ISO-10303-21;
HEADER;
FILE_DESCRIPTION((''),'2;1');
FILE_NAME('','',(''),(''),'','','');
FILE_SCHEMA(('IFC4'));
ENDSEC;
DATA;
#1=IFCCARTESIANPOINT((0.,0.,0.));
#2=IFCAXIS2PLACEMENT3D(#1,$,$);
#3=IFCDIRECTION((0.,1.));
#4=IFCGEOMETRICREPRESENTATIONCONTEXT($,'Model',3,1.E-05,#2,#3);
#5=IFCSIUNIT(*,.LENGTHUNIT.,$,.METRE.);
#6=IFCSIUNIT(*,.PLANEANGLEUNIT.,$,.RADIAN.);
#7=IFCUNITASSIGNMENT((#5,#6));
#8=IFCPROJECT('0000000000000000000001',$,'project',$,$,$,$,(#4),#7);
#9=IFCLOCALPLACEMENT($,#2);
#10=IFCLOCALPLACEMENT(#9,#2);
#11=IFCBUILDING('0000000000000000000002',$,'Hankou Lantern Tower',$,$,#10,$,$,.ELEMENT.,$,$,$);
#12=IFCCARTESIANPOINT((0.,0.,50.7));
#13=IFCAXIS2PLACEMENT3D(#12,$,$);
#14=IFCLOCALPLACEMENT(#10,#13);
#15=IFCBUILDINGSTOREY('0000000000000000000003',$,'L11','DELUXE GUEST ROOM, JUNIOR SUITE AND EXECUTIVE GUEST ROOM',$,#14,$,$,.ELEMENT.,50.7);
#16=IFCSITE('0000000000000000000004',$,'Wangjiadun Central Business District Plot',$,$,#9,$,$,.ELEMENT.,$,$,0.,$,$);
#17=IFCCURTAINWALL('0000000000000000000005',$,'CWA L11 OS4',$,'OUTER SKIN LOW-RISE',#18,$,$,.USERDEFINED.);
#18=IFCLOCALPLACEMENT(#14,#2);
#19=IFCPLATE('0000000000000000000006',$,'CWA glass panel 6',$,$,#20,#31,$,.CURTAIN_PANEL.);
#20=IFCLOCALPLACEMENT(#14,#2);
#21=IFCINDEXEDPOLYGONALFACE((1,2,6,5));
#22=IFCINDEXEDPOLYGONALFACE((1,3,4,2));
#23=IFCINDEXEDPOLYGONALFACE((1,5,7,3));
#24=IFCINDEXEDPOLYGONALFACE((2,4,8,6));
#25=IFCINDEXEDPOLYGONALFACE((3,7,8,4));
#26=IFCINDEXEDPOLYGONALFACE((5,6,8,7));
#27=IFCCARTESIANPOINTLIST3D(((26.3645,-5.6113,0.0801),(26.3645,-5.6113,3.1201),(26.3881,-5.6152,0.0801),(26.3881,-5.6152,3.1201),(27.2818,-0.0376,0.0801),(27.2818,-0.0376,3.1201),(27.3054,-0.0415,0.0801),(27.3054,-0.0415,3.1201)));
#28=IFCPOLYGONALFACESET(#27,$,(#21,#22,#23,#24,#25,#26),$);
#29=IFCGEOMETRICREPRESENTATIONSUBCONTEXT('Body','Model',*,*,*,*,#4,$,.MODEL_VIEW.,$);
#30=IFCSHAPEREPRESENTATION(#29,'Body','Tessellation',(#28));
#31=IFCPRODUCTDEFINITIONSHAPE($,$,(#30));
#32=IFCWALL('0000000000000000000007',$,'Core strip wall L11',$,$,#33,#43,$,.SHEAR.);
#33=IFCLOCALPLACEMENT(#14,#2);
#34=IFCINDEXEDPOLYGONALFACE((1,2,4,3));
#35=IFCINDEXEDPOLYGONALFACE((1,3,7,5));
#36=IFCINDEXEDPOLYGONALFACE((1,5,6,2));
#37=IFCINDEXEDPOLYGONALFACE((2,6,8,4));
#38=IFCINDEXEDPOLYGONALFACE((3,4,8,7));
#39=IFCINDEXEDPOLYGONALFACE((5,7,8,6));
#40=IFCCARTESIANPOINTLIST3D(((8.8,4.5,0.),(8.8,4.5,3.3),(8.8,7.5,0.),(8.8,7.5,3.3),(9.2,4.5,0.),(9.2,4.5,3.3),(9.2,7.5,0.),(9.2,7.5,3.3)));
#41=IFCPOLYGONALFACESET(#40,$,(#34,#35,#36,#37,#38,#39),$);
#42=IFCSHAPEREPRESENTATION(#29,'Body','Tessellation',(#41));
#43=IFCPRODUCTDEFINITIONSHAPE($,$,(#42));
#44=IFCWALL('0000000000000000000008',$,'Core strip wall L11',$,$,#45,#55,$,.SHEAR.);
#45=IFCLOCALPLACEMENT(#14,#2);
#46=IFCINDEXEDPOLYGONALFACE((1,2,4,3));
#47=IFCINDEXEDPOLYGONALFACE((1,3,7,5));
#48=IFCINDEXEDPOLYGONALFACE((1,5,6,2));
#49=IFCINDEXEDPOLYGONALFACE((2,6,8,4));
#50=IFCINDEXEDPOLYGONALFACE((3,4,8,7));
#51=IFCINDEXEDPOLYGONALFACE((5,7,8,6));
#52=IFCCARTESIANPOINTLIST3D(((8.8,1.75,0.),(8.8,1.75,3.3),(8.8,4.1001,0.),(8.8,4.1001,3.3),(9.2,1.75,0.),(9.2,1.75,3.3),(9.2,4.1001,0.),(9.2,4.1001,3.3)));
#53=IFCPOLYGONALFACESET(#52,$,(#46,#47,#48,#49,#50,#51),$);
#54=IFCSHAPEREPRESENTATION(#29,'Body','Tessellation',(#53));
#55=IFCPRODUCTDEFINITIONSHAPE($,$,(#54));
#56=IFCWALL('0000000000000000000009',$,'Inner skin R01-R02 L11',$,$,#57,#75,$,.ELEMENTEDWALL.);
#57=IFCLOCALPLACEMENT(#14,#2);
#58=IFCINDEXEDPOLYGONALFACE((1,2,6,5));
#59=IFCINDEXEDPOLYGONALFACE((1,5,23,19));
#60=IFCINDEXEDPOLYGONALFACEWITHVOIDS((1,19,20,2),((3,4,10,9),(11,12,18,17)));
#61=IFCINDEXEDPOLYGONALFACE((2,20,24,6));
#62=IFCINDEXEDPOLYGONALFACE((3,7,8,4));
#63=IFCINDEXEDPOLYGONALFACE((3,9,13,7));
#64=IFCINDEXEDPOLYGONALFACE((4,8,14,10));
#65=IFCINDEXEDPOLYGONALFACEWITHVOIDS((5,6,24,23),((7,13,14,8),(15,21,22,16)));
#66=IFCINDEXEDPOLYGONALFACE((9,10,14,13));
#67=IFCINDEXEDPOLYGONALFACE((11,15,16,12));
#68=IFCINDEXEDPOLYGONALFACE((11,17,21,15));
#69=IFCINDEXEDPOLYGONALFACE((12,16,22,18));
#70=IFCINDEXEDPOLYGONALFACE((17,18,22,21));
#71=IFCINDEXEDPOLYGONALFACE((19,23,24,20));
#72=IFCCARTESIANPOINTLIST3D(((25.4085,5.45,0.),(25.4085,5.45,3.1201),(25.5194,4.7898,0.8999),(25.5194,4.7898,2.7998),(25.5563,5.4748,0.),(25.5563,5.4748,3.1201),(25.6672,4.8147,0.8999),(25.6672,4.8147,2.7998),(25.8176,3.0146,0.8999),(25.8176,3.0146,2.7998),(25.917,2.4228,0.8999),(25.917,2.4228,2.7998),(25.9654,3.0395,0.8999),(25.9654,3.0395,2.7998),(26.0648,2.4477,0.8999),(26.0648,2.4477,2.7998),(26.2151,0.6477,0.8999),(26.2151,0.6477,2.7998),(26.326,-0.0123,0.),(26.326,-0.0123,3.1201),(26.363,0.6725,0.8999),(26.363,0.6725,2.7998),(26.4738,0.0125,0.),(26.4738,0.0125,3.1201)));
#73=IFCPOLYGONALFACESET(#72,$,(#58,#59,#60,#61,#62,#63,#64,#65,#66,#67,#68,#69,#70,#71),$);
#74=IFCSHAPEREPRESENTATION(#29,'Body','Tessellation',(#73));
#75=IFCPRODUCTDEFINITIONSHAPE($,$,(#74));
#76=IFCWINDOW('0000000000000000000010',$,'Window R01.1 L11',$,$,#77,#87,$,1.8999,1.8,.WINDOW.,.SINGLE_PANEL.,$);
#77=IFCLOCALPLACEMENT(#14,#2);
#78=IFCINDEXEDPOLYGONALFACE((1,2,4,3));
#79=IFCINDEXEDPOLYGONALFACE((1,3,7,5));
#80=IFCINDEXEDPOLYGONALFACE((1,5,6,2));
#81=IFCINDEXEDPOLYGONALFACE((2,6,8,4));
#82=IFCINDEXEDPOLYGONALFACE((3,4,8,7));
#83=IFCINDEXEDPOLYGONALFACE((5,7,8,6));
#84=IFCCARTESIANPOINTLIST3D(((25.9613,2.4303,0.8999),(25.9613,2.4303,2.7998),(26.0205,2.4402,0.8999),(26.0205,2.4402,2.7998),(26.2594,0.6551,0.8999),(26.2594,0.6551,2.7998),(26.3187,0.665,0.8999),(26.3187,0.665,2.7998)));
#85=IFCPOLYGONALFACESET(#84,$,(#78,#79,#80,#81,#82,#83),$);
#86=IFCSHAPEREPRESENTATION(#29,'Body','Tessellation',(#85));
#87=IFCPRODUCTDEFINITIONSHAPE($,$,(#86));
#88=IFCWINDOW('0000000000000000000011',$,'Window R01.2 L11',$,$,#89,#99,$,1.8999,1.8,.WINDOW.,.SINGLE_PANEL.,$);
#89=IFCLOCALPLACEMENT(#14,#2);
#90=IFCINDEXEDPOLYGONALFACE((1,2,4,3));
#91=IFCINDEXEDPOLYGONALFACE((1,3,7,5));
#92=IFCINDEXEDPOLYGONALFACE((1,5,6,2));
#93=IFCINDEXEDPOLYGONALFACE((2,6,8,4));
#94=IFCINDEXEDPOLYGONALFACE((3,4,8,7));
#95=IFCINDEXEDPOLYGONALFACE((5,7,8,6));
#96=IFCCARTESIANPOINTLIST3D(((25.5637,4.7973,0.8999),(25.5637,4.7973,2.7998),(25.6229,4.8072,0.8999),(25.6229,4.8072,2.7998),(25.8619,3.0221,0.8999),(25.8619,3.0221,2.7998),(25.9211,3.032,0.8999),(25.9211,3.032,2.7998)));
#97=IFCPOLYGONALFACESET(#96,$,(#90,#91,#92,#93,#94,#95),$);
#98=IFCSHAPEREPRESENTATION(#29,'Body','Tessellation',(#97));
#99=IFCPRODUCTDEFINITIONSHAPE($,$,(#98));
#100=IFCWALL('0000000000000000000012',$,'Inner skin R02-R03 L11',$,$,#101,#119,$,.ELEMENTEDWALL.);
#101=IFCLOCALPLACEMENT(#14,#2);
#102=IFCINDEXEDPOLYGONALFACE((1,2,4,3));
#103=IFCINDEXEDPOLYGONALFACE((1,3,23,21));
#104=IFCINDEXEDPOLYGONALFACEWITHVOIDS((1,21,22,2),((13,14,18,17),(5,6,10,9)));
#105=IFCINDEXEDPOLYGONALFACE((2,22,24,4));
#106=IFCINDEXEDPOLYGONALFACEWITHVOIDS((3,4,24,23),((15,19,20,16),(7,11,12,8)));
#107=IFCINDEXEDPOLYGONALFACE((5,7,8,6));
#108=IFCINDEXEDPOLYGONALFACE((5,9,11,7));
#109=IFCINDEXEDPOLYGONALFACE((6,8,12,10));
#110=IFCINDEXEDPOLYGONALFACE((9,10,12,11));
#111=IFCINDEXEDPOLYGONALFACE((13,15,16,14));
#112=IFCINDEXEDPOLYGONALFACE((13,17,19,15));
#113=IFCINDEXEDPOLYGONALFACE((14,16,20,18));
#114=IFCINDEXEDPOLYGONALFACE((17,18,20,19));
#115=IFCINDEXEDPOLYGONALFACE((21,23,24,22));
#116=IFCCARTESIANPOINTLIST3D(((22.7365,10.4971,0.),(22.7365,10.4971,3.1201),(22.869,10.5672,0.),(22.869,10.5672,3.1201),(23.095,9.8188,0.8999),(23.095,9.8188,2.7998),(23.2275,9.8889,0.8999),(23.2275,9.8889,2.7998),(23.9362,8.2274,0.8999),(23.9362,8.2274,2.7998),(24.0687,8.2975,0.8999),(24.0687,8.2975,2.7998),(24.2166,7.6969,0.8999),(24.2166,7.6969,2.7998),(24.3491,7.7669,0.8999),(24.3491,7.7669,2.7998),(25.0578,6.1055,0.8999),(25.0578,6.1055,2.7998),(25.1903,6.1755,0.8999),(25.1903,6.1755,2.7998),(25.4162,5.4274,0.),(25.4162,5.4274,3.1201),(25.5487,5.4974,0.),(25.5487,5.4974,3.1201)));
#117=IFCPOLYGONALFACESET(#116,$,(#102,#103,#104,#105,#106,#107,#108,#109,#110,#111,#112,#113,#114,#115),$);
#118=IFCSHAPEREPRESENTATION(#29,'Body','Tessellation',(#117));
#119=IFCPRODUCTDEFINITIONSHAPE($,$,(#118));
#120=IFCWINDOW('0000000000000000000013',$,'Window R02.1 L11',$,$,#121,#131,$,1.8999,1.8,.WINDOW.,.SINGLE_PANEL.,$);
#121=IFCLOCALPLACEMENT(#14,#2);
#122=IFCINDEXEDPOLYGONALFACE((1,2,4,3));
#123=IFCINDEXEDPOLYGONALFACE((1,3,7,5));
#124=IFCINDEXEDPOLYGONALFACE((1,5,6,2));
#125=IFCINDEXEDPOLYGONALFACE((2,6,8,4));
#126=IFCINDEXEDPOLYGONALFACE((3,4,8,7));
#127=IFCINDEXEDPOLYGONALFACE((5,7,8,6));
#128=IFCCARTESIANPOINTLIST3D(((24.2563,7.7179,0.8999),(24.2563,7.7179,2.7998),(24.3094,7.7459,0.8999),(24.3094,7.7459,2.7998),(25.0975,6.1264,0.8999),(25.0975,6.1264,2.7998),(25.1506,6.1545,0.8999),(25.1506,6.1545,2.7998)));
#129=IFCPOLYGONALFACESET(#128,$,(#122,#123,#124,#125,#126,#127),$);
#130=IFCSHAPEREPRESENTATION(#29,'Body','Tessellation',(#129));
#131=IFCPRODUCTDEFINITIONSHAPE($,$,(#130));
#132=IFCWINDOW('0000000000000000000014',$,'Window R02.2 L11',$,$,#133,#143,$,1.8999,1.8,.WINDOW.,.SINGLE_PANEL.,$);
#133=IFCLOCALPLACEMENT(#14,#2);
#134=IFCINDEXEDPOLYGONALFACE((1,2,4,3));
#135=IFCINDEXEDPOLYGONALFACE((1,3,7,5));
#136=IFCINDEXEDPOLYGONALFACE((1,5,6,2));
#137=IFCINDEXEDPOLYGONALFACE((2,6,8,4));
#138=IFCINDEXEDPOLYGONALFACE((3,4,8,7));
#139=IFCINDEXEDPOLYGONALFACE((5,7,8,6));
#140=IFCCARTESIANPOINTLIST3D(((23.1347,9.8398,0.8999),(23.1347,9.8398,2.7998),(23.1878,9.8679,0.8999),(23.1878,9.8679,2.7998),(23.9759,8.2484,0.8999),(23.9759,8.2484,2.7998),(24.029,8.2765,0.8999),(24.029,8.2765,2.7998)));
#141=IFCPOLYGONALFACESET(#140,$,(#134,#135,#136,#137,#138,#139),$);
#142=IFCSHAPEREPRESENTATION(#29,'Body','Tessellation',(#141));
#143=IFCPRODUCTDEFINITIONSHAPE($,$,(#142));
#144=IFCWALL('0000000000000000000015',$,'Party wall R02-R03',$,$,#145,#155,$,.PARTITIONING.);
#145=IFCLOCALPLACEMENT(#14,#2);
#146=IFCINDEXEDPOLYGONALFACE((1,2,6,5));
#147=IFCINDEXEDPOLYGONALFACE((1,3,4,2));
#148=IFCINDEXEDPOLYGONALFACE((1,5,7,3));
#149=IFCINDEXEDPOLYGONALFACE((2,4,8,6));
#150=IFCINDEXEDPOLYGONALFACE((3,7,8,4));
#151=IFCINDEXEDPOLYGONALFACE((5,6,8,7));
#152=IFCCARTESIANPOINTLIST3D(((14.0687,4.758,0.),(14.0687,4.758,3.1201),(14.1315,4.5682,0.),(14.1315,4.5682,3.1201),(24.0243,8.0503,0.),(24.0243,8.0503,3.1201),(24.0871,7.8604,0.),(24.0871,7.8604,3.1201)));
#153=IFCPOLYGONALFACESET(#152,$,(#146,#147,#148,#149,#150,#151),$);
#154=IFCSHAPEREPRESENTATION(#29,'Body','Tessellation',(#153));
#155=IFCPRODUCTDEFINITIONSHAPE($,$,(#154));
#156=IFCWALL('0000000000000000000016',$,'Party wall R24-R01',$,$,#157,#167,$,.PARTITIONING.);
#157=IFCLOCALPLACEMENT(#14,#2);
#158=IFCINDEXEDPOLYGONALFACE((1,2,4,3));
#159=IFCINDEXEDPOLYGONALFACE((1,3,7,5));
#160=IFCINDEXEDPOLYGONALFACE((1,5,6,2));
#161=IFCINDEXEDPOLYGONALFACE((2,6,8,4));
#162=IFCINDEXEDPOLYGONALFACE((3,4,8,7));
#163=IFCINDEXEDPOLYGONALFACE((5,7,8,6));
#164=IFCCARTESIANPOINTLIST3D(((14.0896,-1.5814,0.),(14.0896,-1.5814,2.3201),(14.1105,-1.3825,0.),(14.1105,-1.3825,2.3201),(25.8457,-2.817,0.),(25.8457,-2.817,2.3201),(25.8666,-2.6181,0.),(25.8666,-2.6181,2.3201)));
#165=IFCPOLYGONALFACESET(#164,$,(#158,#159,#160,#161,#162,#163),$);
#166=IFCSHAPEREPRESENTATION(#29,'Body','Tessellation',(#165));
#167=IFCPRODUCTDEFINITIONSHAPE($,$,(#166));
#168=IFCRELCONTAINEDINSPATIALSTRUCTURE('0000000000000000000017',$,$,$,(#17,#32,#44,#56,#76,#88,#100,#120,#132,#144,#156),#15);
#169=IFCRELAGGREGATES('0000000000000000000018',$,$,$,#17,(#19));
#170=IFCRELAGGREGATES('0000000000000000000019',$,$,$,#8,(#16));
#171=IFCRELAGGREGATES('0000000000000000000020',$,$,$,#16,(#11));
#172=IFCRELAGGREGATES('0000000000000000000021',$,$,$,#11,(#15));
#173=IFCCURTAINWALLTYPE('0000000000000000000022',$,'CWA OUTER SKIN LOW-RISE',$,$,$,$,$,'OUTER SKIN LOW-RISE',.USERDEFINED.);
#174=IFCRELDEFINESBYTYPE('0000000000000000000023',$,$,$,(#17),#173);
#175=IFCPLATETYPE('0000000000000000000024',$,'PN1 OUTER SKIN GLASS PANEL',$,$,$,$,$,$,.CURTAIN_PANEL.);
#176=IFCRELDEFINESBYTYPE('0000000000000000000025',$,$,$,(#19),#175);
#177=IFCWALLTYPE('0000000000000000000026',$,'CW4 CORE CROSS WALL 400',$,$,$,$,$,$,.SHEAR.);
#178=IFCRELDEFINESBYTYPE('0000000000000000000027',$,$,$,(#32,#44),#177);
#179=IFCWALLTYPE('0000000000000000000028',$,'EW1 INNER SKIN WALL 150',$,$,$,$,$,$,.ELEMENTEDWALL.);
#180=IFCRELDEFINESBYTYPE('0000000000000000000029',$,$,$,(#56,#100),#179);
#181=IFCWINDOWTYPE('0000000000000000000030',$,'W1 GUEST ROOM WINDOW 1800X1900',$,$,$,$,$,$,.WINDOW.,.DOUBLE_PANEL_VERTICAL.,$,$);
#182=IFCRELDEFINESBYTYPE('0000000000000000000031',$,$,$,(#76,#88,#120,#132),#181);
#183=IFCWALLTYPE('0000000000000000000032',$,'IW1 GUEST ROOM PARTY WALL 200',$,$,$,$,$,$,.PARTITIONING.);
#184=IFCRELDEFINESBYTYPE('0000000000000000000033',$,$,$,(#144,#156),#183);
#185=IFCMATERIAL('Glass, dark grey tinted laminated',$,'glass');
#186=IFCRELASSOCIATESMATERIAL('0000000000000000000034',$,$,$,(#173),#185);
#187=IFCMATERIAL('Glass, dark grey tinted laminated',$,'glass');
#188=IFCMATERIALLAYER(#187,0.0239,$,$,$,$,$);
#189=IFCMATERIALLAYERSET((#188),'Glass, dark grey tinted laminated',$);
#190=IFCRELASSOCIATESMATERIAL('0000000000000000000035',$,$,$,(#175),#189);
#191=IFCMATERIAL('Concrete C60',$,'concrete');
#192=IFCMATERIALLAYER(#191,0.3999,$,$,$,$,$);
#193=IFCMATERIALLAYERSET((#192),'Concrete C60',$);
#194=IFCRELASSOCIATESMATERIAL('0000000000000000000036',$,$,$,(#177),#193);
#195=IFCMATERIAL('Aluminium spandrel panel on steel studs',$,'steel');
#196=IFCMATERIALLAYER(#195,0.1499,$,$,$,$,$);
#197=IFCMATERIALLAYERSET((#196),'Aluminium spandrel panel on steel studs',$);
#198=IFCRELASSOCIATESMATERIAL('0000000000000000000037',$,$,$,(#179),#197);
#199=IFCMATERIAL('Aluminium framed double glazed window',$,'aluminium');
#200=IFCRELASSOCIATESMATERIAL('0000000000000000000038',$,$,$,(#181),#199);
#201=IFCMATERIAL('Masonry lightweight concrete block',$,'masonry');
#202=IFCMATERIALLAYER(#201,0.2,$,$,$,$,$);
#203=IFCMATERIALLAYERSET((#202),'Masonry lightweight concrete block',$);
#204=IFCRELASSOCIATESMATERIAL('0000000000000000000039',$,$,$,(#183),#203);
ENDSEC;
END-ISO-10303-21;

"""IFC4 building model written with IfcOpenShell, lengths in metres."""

from ifc_helpers import new_model, si_unit, direction, frame, frame_2d, origin, origin_2d, place, context, subcontext, project, spatial, rectangle, extrude, material, layer, layer_set, type_object, element, fill, aggregate, save


model = new_model("IFC4")

# Units and contexts
model_context = context("Model", 3, precision=1e-05, world=origin(), true_north=direction((0.0, 1.0)))
body_context = subcontext(model_context, "Body", "Model", "MODEL_VIEW")
ifc_project = project(units=[si_unit("LENGTHUNIT", "METRE"), si_unit("PLANEANGLEUNIT", "RADIAN")], contexts=[model_context])

# Site, building, storey
site_placement = place(None, origin())
site = spatial("IfcSite", under=ifc_project, at=site_placement, Name="Wangjiadun Central Business District Plot", CompositionType="ELEMENT", RefElevation=0.0)
building_placement = place(site_placement, origin())
building = spatial("IfcBuilding", under=site, at=building_placement, Name="Hankou Lantern Tower", CompositionType="ELEMENT")
storey_placement = place(building_placement, frame((0.0, 0.0, 50.7)))
storey = spatial("IfcBuildingStorey", under=building, at=storey_placement, Name="L11", Description="DELUXE GUEST ROOM, JUNIOR SUITE AND EXECUTIVE GUEST ROOM", CompositionType="ELEMENT", Elevation=50.7)

# Shared definitions
ifc_material_1 = material(Name="Glass, dark grey tinted laminated", Category="glass")
curtain_wall_type = type_object("IfcCurtainWallType", Name="CWA OUTER SKIN LOW-RISE", ElementType="OUTER SKIN LOW-RISE", PredefinedType="USERDEFINED", material=ifc_material_1)

# Shared definitions
ifc_material_2 = material(Name="Glass, dark grey tinted laminated", Category="glass")
ifc_layer_1 = layer(ifc_material_2, 0.0239)
ifc_layer_set_1 = layer_set([ifc_layer_1], Name="Glass, dark grey tinted laminated")
plate_type = type_object("IfcPlateType", Name="PN1 OUTER SKIN GLASS PANEL", PredefinedType="CURTAIN_PANEL", material=ifc_layer_set_1)

# Curtain wall, plate
curtain_wall_1_placement = place(storey_placement, origin())
curtain_wall_1 = element("IfcCurtainWall", 1, at=curtain_wall_1_placement, inside=storey, type_object=curtain_wall_type, Name="CWA L11 OS4", ObjectType="OUTER SKIN LOW-RISE", PredefinedType="USERDEFINED")
plate_1_placement = place(storey_placement, frame((26.835, -2.8264, 0.0801), z_axis=(0.0, 0.0, 1.0), x_axis=(0.162382, 0.986728, 0.0)))
plate_1 = element("IfcPlate", 2, at=plate_1_placement, type_object=plate_type, Name="CWA glass panel 6", PredefinedType="CURTAIN_PANEL", context=body_context, shape_type="SweptSolid", body=[
    extrude(rectangle(XDim=5.6487, YDim=0.0239, at=origin_2d()), origin(), (0.0, 0.0, 1.0), 3.04),
])
aggregate(curtain_wall_1, [plate_1])

# Walls
ifc_material_3 = material(Name="Concrete C60", Category="concrete")
ifc_layer_2 = layer(ifc_material_3, 0.3999)
ifc_layer_set_2 = layer_set([ifc_layer_2], Name="Concrete C60")
wall_type_1 = type_object("IfcWallType", Name="CW4 CORE CROSS WALL 400", PredefinedType="SHEAR", material=ifc_layer_set_2)
wall_1_placement = place(storey_placement, frame((9.0, 4.5, 0.0), z_axis=(0.0, 0.0, 1.0), x_axis=(0.0, 1.0, 0.0)))
element("IfcWall", 3, at=wall_1_placement, inside=storey, type_object=wall_type_1, Name="Core strip wall L11", PredefinedType="SHEAR", context=body_context, shape_type="SweptSolid", body=[
    extrude(rectangle(XDim=3.0, YDim=0.3999, at=frame_2d((1.5, 0.0))), origin(), (0.0, 0.0, 1.0), 3.3),
])
wall_2_placement = place(storey_placement, frame((9.0, 1.75, 0.0), z_axis=(0.0, 0.0, 1.0), x_axis=(0.0, 1.0, 0.0)))
element("IfcWall", 4, at=wall_2_placement, inside=storey, type_object=wall_type_1, Name="Core strip wall L11", PredefinedType="SHEAR", context=body_context, shape_type="SweptSolid", body=[
    extrude(rectangle(XDim=2.3501, YDim=0.3999, at=frame_2d((1.175, 0.0))), origin(), (0.0, 0.0, 1.0), 3.3),
])

# Walls, openings, windows
ifc_material_4 = material(Name="Aluminium spandrel panel on steel studs", Category="steel")
ifc_layer_3 = layer(ifc_material_4, 0.1499)
ifc_layer_set_3 = layer_set([ifc_layer_3], Name="Aluminium spandrel panel on steel studs")
wall_type_2 = type_object("IfcWallType", Name="EW1 INNER SKIN WALL 150", PredefinedType="ELEMENTEDWALL", material=ifc_layer_set_3)
wall_3_placement = place(storey_placement, frame((26.3999, 0.0, 0.0), z_axis=(0.0, 0.0, 1.0), x_axis=(-0.165643, 0.986186, 0.0)))
wall_3 = element("IfcWall", 5, at=wall_3_placement, inside=storey, type_object=wall_type_2, Name="Inner skin R01-R02 L11", PredefinedType="ELEMENTEDWALL", context=body_context, shape_type="SweptSolid", body=[
    extrude(rectangle(XDim=5.5388, YDim=0.1499, at=frame_2d((2.7695, 0.0))), origin(), (0.0, 0.0, 1.0), 3.1201),
])
opening_1_placement = place(wall_3_placement, frame((0.6694, 0.0, 0.8999)))
opening_1 = element("IfcOpeningElement", 6, at=opening_1_placement, cuts=wall_3, PredefinedType="OPENING", context=body_context, shape_type="SweptSolid", body=[
    extrude(rectangle(XDim=1.8, YDim=1.8999, at=frame_2d((0.8999, 0.95))), frame((0.0, 0.085, 0.0), z_axis=(0.0, -1.0, 0.0), x_axis=(1.0, 0.0, 0.0)), (0.0, 0.0, 1.0), 0.1699),
])
opening_2_placement = place(wall_3_placement, frame((3.0696, 0.0, 0.8999)))
opening_2 = element("IfcOpeningElement", 7, at=opening_2_placement, cuts=wall_3, PredefinedType="OPENING", context=body_context, shape_type="SweptSolid", body=[
    extrude(rectangle(XDim=1.8, YDim=1.8999, at=frame_2d((0.8999, 0.95))), frame((0.0, 0.085, 0.0), z_axis=(0.0, -1.0, 0.0), x_axis=(1.0, 0.0, 0.0)), (0.0, 0.0, 1.0), 0.1699),
])
ifc_material_5 = material(Name="Aluminium framed double glazed window", Category="aluminium")
window_type = type_object("IfcWindowType", Name="W1 GUEST ROOM WINDOW 1800X1900", PartitioningType="DOUBLE_PANEL_VERTICAL", PredefinedType="WINDOW", material=ifc_material_5)
window_1_placement = place(opening_1_placement, origin())
window_1 = element("IfcWindow", 8, at=window_1_placement, inside=storey, type_object=window_type, Name="Window R01.1 L11", OverallHeight=1.8999, OverallWidth=1.8, PartitioningType="SINGLE_PANEL", PredefinedType="WINDOW", context=body_context, shape_type="SweptSolid", body=[
    extrude(rectangle(XDim=1.8, YDim=1.8999, at=frame_2d((0.8999, 0.95))), frame((0.0, 0.03, 0.0), z_axis=(0.0, -1.0, 0.0), x_axis=(1.0, 0.0, 0.0)), (0.0, 0.0, 1.0), 0.0601),
])
fill(opening_1, window_1)
window_2_placement = place(opening_2_placement, origin())
window_2 = element("IfcWindow", 9, at=window_2_placement, inside=storey, type_object=window_type, Name="Window R01.2 L11", OverallHeight=1.8999, OverallWidth=1.8, PartitioningType="SINGLE_PANEL", PredefinedType="WINDOW", context=body_context, shape_type="SweptSolid", body=[
    extrude(rectangle(XDim=1.8, YDim=1.8999, at=frame_2d((0.8999, 0.95))), frame((0.0, 0.03, 0.0), z_axis=(0.0, -1.0, 0.0), x_axis=(1.0, 0.0, 0.0)), (0.0, 0.0, 1.0), 0.0601),
])
fill(opening_2, window_2)
wall_4_placement = place(storey_placement, frame((25.4824, 5.4624, 0.0), z_axis=(0.0, 0.0, 1.0), x_axis=(-0.467297, 0.8841, 0.0)))
wall_4 = element("IfcWall", 10, at=wall_4_placement, inside=storey, type_object=wall_type_2, Name="Inner skin R02-R03 L11", PredefinedType="ELEMENTEDWALL", context=body_context, shape_type="SweptSolid", body=[
    extrude(rectangle(XDim=5.7344, YDim=0.1499, at=frame_2d((2.8672, 0.0))), origin(), (0.0, 0.0, 1.0), 3.1201),
])
opening_3_placement = place(wall_4_placement, frame((0.7671, 0.0, 0.8999)))
opening_3 = element("IfcOpeningElement", 11, at=opening_3_placement, cuts=wall_4, PredefinedType="OPENING", context=body_context, shape_type="SweptSolid", body=[
    extrude(rectangle(XDim=1.8, YDim=1.8999, at=frame_2d((0.8999, 0.95))), frame((0.0, 0.085, 0.0), z_axis=(0.0, -1.0, 0.0), x_axis=(1.0, 0.0, 0.0)), (0.0, 0.0, 1.0), 0.1699),
])
opening_4_placement = place(wall_4_placement, frame((3.1672, 0.0, 0.8999)))
opening_4 = element("IfcOpeningElement", 12, at=opening_4_placement, cuts=wall_4, PredefinedType="OPENING", context=body_context, shape_type="SweptSolid", body=[
    extrude(rectangle(XDim=1.8, YDim=1.8999, at=frame_2d((0.8999, 0.95))), frame((0.0, 0.085, 0.0), z_axis=(0.0, -1.0, 0.0), x_axis=(1.0, 0.0, 0.0)), (0.0, 0.0, 1.0), 0.1699),
])
window_3_placement = place(opening_3_placement, origin())
window_3 = element("IfcWindow", 13, at=window_3_placement, inside=storey, type_object=window_type, Name="Window R02.1 L11", OverallHeight=1.8999, OverallWidth=1.8, PartitioningType="SINGLE_PANEL", PredefinedType="WINDOW", context=body_context, shape_type="SweptSolid", body=[
    extrude(rectangle(XDim=1.8, YDim=1.8999, at=frame_2d((0.8999, 0.95))), frame((0.0, 0.03, 0.0), z_axis=(0.0, -1.0, 0.0), x_axis=(1.0, 0.0, 0.0)), (0.0, 0.0, 1.0), 0.0601),
])
fill(opening_3, window_3)
window_4_placement = place(opening_4_placement, origin())
window_4 = element("IfcWindow", 14, at=window_4_placement, inside=storey, type_object=window_type, Name="Window R02.2 L11", OverallHeight=1.8999, OverallWidth=1.8, PartitioningType="SINGLE_PANEL", PredefinedType="WINDOW", context=body_context, shape_type="SweptSolid", body=[
    extrude(rectangle(XDim=1.8, YDim=1.8999, at=frame_2d((0.8999, 0.95))), frame((0.0, 0.03, 0.0), z_axis=(0.0, -1.0, 0.0), x_axis=(1.0, 0.0, 0.0)), (0.0, 0.0, 1.0), 0.0601),
])
fill(opening_4, window_4)

# Walls
ifc_material_6 = material(Name="Masonry lightweight concrete block", Category="masonry")
ifc_layer_4 = layer(ifc_material_6, 0.2)
ifc_layer_set_4 = layer_set([ifc_layer_4], Name="Masonry lightweight concrete block")
wall_type_3 = type_object("IfcWallType", Name="IW1 GUEST ROOM PARTY WALL 200", PredefinedType="PARTITIONING", material=ifc_layer_set_4)
wall_5_placement = place(storey_placement, frame((14.1001, 4.6631, 0.0), z_axis=(0.0, 0.0, 1.0), x_axis=(0.949433, 0.313971, 0.0)))
element("IfcWall", 15, at=wall_5_placement, inside=storey, type_object=wall_type_3, Name="Party wall R02-R03", PredefinedType="PARTITIONING", context=body_context, shape_type="SweptSolid", body=[
    extrude(rectangle(XDim=10.4858, YDim=0.2, at=frame_2d((5.2429, 0.0))), origin(), (0.0, 0.0, 1.0), 3.1201),
])
wall_6_placement = place(storey_placement, frame((14.1001, -1.4819, 0.0), z_axis=(0.0, 0.0, 1.0), x_axis=(0.994522, -0.104527, 0.0)))
element("IfcWall", 16, at=wall_6_placement, inside=storey, type_object=wall_type_3, Name="Party wall R24-R01", PredefinedType="PARTITIONING", context=body_context, shape_type="SweptSolid", body=[
    extrude(rectangle(XDim=11.8208, YDim=0.2, at=frame_2d((5.9104, 0.0))), origin(), (0.0, 0.0, 1.0), 2.3201),
])

save(model, "model.ifc")
